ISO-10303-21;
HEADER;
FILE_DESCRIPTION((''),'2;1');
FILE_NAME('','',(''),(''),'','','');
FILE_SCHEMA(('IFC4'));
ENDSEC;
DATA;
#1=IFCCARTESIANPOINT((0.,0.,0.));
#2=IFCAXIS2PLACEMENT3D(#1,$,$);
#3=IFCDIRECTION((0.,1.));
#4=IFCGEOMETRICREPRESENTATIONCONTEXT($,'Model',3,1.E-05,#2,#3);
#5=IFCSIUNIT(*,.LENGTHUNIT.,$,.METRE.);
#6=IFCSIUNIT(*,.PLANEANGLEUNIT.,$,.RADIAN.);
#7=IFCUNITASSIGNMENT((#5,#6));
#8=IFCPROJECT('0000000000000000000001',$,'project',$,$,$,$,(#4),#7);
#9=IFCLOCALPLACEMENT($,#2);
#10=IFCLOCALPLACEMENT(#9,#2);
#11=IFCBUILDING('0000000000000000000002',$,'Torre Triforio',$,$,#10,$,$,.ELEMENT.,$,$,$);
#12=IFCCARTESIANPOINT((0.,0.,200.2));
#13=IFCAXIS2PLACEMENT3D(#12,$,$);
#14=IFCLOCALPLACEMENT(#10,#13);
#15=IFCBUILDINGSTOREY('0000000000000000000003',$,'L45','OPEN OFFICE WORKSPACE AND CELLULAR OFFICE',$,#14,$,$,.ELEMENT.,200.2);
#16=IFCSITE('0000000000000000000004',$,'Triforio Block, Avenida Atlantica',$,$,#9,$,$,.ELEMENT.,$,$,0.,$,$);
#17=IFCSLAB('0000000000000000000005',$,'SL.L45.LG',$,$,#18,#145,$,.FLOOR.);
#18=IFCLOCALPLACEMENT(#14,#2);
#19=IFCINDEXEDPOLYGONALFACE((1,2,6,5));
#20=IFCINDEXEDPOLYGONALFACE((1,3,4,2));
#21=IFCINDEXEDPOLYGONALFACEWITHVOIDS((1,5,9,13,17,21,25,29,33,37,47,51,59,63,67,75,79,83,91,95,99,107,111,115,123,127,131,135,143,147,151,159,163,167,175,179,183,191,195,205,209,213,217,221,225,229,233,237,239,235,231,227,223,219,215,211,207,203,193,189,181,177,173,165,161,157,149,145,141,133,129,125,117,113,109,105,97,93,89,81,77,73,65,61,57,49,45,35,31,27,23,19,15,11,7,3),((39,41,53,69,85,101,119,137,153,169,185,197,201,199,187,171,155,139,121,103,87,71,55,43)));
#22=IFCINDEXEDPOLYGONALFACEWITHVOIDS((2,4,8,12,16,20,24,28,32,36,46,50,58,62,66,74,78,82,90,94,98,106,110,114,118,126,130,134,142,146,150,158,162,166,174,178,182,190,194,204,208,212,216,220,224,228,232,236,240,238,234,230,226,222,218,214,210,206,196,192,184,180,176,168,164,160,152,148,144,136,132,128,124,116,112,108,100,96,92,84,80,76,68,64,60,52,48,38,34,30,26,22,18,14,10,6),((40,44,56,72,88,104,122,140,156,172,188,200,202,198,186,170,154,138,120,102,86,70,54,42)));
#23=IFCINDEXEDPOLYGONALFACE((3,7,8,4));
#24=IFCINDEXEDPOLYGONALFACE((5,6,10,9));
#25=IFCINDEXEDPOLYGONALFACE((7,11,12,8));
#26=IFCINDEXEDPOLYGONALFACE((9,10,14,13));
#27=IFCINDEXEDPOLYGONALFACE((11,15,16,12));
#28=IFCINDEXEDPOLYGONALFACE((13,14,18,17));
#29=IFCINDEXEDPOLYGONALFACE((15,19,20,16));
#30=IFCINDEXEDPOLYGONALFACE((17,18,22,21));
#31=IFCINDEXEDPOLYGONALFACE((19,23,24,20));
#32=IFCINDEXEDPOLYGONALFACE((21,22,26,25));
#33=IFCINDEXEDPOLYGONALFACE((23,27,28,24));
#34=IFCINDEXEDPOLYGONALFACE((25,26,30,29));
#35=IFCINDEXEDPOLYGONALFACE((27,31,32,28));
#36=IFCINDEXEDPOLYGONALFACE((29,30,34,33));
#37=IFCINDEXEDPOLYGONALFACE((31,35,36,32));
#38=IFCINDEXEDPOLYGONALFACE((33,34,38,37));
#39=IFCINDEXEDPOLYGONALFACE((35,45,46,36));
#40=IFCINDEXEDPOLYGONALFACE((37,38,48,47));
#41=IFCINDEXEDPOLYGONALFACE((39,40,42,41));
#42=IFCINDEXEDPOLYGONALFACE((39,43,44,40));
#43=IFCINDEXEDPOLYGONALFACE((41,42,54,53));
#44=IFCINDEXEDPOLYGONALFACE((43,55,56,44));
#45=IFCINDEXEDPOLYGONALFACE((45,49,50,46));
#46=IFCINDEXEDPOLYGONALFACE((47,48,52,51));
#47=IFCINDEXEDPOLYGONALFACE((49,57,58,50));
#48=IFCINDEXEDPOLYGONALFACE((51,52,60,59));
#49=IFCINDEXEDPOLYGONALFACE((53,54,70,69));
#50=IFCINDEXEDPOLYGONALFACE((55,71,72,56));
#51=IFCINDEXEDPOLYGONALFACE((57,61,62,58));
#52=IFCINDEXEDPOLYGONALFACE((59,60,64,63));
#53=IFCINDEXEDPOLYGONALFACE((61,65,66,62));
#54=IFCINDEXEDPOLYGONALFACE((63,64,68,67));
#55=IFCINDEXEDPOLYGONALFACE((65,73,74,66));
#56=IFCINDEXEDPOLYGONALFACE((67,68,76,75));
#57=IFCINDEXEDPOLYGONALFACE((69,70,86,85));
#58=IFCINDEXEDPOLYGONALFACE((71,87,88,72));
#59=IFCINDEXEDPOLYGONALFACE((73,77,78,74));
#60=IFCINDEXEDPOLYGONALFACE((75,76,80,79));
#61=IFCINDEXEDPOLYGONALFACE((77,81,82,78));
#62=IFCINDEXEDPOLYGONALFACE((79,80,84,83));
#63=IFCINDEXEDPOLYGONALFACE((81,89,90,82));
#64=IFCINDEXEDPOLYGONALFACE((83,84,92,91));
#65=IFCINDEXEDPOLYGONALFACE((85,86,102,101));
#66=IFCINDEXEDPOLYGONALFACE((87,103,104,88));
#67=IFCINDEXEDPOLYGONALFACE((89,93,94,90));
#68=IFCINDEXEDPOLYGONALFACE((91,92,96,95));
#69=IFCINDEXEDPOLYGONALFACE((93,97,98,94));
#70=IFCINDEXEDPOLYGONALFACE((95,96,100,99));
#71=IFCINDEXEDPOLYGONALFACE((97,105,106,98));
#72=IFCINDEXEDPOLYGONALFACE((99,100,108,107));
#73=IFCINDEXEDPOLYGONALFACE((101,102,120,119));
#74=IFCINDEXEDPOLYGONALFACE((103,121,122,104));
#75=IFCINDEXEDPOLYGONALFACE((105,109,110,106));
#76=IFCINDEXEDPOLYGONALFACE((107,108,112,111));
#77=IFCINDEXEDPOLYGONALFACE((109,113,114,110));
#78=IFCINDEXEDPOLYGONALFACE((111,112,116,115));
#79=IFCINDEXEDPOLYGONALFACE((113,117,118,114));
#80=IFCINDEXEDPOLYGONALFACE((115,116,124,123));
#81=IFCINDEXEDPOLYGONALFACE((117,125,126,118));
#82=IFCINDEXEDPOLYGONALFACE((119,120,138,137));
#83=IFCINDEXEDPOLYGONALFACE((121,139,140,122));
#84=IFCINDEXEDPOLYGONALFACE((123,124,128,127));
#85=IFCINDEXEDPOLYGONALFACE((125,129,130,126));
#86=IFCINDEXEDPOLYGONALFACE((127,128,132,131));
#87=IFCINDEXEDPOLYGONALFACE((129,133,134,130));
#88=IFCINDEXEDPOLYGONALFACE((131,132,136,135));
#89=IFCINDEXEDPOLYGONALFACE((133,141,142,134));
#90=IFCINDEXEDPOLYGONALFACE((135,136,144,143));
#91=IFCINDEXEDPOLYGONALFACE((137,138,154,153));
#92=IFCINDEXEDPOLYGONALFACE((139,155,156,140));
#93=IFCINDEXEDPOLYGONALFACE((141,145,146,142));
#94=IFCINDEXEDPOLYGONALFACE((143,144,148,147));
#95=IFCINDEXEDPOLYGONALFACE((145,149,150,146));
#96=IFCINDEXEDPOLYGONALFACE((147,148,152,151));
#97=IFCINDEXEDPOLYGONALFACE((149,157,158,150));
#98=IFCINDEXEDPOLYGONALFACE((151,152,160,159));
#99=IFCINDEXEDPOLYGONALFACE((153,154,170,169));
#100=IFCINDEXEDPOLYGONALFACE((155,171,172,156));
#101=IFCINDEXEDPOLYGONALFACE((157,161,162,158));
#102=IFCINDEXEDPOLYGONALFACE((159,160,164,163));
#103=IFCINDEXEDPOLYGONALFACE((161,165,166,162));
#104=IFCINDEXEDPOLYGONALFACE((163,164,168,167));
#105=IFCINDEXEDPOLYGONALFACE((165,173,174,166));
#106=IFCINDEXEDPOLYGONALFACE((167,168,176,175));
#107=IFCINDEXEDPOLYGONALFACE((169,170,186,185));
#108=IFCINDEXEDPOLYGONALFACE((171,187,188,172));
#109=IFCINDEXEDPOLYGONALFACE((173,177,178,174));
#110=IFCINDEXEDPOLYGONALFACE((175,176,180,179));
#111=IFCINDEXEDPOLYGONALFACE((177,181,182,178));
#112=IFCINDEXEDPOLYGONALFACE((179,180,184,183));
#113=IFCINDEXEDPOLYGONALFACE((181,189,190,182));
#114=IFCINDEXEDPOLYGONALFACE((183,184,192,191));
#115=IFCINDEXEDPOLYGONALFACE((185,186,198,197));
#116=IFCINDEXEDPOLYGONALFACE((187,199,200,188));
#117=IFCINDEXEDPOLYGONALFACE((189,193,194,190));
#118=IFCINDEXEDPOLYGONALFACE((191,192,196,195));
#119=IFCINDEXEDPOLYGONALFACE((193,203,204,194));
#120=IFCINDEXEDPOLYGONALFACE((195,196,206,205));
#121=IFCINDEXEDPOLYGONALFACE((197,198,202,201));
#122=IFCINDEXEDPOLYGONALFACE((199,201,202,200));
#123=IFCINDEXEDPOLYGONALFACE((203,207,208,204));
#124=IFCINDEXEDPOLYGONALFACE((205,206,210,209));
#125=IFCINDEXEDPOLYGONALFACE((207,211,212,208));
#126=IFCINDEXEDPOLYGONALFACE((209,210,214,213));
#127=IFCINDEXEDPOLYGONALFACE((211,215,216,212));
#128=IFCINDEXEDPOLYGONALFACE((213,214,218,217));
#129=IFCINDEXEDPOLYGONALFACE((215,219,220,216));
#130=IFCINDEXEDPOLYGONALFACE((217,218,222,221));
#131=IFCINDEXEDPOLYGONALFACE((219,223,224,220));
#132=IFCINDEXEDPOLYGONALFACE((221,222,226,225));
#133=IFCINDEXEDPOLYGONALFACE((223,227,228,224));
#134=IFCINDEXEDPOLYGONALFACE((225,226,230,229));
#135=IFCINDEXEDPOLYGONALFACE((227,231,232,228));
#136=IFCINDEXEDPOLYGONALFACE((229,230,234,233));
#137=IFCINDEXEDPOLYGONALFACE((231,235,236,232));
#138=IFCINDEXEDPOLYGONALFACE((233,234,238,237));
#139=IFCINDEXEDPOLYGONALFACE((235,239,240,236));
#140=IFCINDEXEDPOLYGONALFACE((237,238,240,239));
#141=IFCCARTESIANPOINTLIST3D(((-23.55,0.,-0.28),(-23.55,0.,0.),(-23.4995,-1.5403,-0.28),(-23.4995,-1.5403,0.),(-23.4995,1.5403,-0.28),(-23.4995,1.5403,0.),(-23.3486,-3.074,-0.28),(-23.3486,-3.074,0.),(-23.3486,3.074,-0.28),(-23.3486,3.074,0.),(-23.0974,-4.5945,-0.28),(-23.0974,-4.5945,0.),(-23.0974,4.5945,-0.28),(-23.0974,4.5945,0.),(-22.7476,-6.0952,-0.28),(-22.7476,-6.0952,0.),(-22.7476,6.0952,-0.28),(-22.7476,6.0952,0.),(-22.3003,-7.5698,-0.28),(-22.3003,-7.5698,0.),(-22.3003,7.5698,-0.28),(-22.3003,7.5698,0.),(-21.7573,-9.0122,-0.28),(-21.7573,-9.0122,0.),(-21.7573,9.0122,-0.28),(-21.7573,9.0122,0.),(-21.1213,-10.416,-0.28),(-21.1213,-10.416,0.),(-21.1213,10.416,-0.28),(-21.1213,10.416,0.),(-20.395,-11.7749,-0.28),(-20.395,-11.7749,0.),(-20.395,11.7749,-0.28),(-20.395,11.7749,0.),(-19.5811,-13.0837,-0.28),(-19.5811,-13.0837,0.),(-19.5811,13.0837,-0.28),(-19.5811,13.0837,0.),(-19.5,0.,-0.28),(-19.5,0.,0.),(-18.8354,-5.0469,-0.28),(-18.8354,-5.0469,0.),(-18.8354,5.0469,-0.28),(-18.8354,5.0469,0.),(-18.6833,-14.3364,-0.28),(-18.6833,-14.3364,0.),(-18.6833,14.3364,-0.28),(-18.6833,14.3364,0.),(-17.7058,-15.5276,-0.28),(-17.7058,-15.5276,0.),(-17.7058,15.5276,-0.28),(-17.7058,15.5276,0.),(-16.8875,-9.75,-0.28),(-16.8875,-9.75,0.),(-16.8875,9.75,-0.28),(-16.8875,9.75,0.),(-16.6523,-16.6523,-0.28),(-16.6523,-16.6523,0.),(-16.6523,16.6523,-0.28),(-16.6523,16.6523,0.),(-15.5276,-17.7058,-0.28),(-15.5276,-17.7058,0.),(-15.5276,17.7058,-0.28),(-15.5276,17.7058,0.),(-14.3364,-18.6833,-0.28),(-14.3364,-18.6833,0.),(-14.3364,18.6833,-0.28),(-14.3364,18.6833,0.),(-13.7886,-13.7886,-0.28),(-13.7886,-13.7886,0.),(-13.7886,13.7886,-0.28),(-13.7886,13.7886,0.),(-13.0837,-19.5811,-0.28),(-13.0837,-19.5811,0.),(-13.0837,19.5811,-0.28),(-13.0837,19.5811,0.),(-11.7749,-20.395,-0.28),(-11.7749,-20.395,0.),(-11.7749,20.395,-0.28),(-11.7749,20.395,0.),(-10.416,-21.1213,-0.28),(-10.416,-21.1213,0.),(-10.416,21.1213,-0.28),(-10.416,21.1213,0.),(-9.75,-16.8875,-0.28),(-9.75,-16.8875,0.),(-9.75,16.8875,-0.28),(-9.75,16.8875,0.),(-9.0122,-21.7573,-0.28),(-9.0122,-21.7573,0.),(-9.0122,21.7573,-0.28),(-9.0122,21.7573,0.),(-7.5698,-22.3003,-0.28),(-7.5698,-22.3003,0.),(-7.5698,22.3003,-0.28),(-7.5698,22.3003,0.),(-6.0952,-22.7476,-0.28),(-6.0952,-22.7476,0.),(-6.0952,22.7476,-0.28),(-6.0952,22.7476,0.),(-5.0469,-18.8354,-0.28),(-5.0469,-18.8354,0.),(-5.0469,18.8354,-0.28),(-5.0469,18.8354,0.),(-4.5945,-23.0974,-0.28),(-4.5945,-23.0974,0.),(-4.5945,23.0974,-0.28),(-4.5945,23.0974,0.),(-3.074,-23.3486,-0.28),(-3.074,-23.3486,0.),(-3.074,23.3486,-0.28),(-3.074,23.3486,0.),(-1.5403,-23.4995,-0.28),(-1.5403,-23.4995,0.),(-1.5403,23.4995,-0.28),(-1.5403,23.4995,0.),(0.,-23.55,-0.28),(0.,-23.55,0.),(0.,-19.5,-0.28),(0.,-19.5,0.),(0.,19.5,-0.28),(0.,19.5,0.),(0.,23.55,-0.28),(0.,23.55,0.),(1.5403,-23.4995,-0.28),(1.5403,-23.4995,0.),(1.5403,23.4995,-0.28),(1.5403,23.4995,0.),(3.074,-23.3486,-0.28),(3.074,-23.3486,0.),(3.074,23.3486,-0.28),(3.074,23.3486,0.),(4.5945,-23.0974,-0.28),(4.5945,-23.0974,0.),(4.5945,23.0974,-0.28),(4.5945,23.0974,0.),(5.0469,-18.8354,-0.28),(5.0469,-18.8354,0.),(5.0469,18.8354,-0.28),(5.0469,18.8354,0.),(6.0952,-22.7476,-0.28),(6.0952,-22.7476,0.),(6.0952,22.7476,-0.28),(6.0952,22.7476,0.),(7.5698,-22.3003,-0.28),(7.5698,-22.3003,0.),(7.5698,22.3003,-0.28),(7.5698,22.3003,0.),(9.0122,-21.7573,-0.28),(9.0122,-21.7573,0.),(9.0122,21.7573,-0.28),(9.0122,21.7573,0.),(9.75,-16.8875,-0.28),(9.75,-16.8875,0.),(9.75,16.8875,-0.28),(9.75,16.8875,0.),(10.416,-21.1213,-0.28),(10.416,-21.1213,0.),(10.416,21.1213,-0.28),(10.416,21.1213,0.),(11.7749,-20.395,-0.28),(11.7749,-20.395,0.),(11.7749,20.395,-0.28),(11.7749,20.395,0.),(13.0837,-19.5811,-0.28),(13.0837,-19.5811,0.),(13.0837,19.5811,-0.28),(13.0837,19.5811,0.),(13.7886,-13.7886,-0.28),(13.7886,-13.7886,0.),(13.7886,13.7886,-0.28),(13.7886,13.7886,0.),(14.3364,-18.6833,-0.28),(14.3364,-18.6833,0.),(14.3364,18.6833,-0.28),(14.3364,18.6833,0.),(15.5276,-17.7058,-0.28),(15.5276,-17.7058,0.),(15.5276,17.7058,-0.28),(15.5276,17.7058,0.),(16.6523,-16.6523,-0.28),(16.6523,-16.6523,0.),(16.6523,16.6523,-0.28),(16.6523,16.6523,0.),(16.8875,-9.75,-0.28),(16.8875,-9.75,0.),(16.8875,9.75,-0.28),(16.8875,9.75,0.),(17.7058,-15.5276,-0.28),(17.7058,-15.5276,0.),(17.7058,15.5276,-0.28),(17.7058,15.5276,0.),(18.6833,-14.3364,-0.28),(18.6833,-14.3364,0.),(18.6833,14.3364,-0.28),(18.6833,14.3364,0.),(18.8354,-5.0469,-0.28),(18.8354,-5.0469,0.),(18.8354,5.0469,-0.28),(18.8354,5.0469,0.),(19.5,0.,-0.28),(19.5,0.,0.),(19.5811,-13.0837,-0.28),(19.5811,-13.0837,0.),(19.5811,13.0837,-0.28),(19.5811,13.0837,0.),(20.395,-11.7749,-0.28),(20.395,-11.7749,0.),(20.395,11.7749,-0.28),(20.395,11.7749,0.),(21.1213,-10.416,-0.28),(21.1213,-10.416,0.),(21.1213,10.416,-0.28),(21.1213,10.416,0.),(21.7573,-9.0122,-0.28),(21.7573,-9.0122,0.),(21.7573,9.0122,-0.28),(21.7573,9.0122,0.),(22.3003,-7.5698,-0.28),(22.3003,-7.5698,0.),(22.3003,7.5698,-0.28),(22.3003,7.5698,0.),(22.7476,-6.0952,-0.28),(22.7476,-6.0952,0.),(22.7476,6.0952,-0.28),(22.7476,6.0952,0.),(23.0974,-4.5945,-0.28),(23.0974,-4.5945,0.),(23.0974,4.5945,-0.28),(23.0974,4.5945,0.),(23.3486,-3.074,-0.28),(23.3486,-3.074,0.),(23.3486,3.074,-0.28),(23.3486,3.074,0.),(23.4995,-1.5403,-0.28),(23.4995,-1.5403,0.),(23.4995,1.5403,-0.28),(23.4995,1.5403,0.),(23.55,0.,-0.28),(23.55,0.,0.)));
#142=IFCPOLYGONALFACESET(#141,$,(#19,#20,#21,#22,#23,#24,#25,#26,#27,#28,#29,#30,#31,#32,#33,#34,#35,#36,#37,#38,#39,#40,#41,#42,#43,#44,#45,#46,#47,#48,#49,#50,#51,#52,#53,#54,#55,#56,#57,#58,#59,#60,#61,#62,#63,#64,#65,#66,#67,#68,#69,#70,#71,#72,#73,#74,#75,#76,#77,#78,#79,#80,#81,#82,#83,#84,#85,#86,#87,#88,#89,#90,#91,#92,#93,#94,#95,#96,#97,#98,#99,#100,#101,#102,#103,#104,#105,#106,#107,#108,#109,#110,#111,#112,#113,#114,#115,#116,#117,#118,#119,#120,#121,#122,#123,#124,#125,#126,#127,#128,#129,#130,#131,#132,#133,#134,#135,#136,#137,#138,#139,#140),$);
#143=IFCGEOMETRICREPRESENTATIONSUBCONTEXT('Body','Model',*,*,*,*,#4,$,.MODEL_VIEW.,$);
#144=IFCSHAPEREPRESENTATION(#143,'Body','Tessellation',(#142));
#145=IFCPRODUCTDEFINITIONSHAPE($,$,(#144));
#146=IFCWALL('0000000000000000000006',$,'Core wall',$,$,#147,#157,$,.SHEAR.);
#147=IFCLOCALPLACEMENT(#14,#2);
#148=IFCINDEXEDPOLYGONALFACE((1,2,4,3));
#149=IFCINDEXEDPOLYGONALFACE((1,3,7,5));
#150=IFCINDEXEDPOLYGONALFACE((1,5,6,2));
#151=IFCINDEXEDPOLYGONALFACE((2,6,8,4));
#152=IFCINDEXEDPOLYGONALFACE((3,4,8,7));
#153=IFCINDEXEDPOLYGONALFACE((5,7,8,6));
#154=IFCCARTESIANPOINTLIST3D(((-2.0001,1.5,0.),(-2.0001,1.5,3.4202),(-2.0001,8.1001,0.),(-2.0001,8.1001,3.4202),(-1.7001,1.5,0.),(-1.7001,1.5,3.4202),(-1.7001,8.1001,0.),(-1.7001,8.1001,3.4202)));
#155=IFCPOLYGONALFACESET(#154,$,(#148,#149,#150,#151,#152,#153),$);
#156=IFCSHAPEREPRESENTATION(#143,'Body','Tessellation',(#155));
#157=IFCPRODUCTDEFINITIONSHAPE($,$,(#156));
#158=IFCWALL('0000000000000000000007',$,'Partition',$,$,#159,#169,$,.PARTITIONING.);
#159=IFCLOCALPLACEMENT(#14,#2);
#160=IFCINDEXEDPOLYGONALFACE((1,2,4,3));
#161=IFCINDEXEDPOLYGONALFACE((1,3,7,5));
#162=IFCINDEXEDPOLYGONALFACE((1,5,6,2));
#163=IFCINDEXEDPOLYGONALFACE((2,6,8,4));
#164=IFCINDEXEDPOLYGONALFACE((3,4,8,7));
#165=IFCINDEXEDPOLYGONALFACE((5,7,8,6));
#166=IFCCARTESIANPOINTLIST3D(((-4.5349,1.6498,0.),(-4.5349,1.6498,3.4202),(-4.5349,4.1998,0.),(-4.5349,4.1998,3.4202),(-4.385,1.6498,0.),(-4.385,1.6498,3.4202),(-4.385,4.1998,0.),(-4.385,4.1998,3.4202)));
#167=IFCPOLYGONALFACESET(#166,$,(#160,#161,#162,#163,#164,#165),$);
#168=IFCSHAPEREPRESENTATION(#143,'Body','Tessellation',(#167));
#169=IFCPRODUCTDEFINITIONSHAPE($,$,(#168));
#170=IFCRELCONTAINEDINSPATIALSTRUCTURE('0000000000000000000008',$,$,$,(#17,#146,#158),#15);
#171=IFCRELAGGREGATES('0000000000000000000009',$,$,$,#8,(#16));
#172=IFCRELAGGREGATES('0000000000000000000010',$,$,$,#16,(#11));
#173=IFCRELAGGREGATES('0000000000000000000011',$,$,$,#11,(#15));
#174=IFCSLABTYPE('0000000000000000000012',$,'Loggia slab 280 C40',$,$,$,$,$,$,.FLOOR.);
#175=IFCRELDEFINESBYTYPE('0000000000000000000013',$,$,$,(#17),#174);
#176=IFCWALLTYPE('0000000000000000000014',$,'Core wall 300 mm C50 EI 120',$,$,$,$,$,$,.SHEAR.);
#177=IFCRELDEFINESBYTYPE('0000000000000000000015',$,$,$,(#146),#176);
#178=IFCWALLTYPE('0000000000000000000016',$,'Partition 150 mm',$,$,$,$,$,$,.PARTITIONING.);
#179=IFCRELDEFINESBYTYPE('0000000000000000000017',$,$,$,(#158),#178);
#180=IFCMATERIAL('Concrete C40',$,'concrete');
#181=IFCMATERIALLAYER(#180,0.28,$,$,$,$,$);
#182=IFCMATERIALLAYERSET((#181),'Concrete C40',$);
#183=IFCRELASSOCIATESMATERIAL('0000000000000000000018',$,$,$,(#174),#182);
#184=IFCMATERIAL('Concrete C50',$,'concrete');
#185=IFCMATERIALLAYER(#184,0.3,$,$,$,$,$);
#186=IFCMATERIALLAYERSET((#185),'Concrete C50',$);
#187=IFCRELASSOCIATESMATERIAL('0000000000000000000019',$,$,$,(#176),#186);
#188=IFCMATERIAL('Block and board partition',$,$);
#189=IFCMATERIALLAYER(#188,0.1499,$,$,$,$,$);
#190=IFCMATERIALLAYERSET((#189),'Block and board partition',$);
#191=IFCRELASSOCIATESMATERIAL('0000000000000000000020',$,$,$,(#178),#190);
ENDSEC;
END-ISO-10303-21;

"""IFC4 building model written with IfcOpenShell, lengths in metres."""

from ifc_helpers import new_model, si_unit, direction, frame, frame_2d, origin, place, context, subcontext, project, spatial, polyline, rectangle, outline, extrude, material, layer, layer_set, type_object, element, save


model = new_model("IFC4")

# Units and contexts
model_context = context("Model", 3, precision=1e-05, world=origin(), true_north=direction((0.0, 1.0)))
body_context = subcontext(model_context, "Body", "Model", "MODEL_VIEW")
ifc_project = project(units=[si_unit("LENGTHUNIT", "METRE"), si_unit("PLANEANGLEUNIT", "RADIAN")], contexts=[model_context])

# Site, building, storey
site_placement = place(None, origin())
site = spatial("IfcSite", under=ifc_project, at=site_placement, Name="Triforio Block, Avenida Atlantica", CompositionType="ELEMENT", RefElevation=0.0)
building_placement = place(site_placement, origin())
building = spatial("IfcBuilding", under=site, at=building_placement, Name="Torre Triforio", CompositionType="ELEMENT")
storey_placement = place(building_placement, frame((0.0, 0.0, 200.2)))
storey = spatial("IfcBuildingStorey", under=building, at=storey_placement, Name="L45", Description="OPEN OFFICE WORKSPACE AND CELLULAR OFFICE", CompositionType="ELEMENT", Elevation=200.2)

# Slab
ifc_material_1 = material(Name="Concrete C40", Category="concrete")
ifc_layer_1 = layer(ifc_material_1, 0.28)
ifc_layer_set_1 = layer_set([ifc_layer_1], Name="Concrete C40")
slab_type_1 = type_object("IfcSlabType", Name="Loggia slab 280 C40", PredefinedType="FLOOR", material=ifc_layer_set_1)
slab_1_placement = place(storey_placement, frame((0.0, 0.0, -0.28)))
element("IfcSlab", 1, at=slab_1_placement, inside=storey, type_object=slab_type_1, Name="SL.L45.LG", PredefinedType="FLOOR", context=body_context, shape_type="SweptSolid", body=[
    extrude(outline(polyline([(23.4995, -1.5403), (23.55, 0.0), (23.4995, 1.5403), (23.3486, 3.074), (23.0974, 4.5945), (22.7476, 6.0952), (22.3003, 7.5698), (21.7573, 9.0122), (21.1213, 10.416), (20.395, 11.7749), (19.5811, 13.0837), (18.6833, 14.3364), (17.7058, 15.5276), (16.6523, 16.6523), (15.5276, 17.7058), (14.3364, 18.6833), (13.0837, 19.5811), (11.7749, 20.395), (10.416, 21.1213), (9.0122, 21.7573), (7.5698, 22.3003), (6.0952, 22.7476), (4.5945, 23.0974), (3.074, 23.3486), (1.5403, 23.4995), (0.0, 23.55), (-1.5403, 23.4995), (-3.074, 23.3486), (-4.5945, 23.0974), (-6.0952, 22.7476), (-7.5698, 22.3003), (-9.0122, 21.7573), (-10.416, 21.1213), (-11.7749, 20.395), (-13.0837, 19.5811), (-14.3364, 18.6833), (-15.5276, 17.7058), (-16.6523, 16.6523), (-17.7058, 15.5276), (-18.6833, 14.3364), (-19.5811, 13.0837), (-20.395, 11.7749), (-21.1213, 10.416), (-21.7573, 9.0122), (-22.3003, 7.5698), (-22.7476, 6.0952), (-23.0974, 4.5945), (-23.3486, 3.074), (-23.4995, 1.5403), (-23.55, 0.0), (-23.4995, -1.5403), (-23.3486, -3.074), (-23.0974, -4.5945), (-22.7476, -6.0952), (-22.3003, -7.5698), (-21.7573, -9.0122), (-21.1213, -10.416), (-20.395, -11.7749), (-19.5811, -13.0837), (-18.6833, -14.3364), (-17.7058, -15.5276), (-16.6523, -16.6523), (-15.5276, -17.7058), (-14.3364, -18.6833), (-13.0837, -19.5811), (-11.7749, -20.395), (-10.416, -21.1213), (-9.0122, -21.7573), (-7.5698, -22.3003), (-6.0952, -22.7476), (-4.5945, -23.0974), (-3.074, -23.3486), (-1.5403, -23.4995), (0.0, -23.55), (1.5403, -23.4995), (3.074, -23.3486), (4.5945, -23.0974), (6.0952, -22.7476), (7.5698, -22.3003), (9.0122, -21.7573), (10.416, -21.1213), (11.7749, -20.395), (13.0837, -19.5811), (14.3364, -18.6833), (15.5276, -17.7058), (16.6523, -16.6523), (17.7058, -15.5276), (18.6833, -14.3364), (19.5811, -13.0837), (20.395, -11.7749), (21.1213, -10.416), (21.7573, -9.0122), (22.3003, -7.5698), (22.7476, -6.0952), (23.0974, -4.5945), (23.3486, -3.074), (23.4995, -1.5403)]), holes=[polyline([(18.8354, 5.0469), (19.5, 0.0), (18.8354, -5.0469), (16.8875, -9.75), (13.7886, -13.7886), (9.75, -16.8875), (5.0469, -18.8354), (0.0, -19.5), (-5.0469, -18.8354), (-9.75, -16.8875), (-13.7886, -13.7886), (-16.8875, -9.75), (-18.8354, -5.0469), (-19.5, 0.0), (-18.8354, 5.0469), (-16.8875, 9.75), (-13.7886, 13.7886), (-9.75, 16.8875), (-5.0469, 18.8354), (0.0, 19.5), (5.0469, 18.8354), (9.75, 16.8875), (13.7886, 13.7886), (16.8875, 9.75), (18.8354, 5.0469)])]), origin(), (0.0, 0.0, 1.0), 0.28),
])

# Walls
ifc_material_2 = material(Name="Concrete C50", Category="concrete")
ifc_layer_2 = layer(ifc_material_2, 0.3)
ifc_layer_set_2 = layer_set([ifc_layer_2], Name="Concrete C50")
wall_type_1 = type_object("IfcWallType", Name="Core wall 300 mm C50 EI 120", PredefinedType="SHEAR", material=ifc_layer_set_2)
wall_1_placement = place(storey_placement, frame((-1.8501, 1.5, 0.0), z_axis=(0.0, 0.0, 1.0), x_axis=(0.0, 1.0, 0.0)))
element("IfcWall", 2, at=wall_1_placement, inside=storey, type_object=wall_type_1, Name="Core wall", PredefinedType="SHEAR", context=body_context, shape_type="SweptSolid", body=[
    extrude(rectangle(XDim=6.6001, YDim=0.3, at=frame_2d((3.3, 0.0))), origin(), (0.0, 0.0, 1.0), 3.4202),
])
ifc_material_3 = material(Name="Block and board partition")
ifc_layer_3 = layer(ifc_material_3, 0.1499)
ifc_layer_set_3 = layer_set([ifc_layer_3], Name="Block and board partition")
wall_type_2 = type_object("IfcWallType", Name="Partition 150 mm", PredefinedType="PARTITIONING", material=ifc_layer_set_3)
wall_2_placement = place(storey_placement, frame((-4.46, 1.6499, 0.0), z_axis=(0.0, 0.0, 1.0), x_axis=(0.0, 1.0, 0.0)))
element("IfcWall", 3, at=wall_2_placement, inside=storey, type_object=wall_type_2, Name="Partition", PredefinedType="PARTITIONING", context=body_context, shape_type="SweptSolid", body=[
    extrude(rectangle(XDim=2.55, YDim=0.1499, at=frame_2d((1.2749, 0.0))), origin(), (0.0, 0.0, 1.0), 3.4202),
])

save(model, "model.ifc")
